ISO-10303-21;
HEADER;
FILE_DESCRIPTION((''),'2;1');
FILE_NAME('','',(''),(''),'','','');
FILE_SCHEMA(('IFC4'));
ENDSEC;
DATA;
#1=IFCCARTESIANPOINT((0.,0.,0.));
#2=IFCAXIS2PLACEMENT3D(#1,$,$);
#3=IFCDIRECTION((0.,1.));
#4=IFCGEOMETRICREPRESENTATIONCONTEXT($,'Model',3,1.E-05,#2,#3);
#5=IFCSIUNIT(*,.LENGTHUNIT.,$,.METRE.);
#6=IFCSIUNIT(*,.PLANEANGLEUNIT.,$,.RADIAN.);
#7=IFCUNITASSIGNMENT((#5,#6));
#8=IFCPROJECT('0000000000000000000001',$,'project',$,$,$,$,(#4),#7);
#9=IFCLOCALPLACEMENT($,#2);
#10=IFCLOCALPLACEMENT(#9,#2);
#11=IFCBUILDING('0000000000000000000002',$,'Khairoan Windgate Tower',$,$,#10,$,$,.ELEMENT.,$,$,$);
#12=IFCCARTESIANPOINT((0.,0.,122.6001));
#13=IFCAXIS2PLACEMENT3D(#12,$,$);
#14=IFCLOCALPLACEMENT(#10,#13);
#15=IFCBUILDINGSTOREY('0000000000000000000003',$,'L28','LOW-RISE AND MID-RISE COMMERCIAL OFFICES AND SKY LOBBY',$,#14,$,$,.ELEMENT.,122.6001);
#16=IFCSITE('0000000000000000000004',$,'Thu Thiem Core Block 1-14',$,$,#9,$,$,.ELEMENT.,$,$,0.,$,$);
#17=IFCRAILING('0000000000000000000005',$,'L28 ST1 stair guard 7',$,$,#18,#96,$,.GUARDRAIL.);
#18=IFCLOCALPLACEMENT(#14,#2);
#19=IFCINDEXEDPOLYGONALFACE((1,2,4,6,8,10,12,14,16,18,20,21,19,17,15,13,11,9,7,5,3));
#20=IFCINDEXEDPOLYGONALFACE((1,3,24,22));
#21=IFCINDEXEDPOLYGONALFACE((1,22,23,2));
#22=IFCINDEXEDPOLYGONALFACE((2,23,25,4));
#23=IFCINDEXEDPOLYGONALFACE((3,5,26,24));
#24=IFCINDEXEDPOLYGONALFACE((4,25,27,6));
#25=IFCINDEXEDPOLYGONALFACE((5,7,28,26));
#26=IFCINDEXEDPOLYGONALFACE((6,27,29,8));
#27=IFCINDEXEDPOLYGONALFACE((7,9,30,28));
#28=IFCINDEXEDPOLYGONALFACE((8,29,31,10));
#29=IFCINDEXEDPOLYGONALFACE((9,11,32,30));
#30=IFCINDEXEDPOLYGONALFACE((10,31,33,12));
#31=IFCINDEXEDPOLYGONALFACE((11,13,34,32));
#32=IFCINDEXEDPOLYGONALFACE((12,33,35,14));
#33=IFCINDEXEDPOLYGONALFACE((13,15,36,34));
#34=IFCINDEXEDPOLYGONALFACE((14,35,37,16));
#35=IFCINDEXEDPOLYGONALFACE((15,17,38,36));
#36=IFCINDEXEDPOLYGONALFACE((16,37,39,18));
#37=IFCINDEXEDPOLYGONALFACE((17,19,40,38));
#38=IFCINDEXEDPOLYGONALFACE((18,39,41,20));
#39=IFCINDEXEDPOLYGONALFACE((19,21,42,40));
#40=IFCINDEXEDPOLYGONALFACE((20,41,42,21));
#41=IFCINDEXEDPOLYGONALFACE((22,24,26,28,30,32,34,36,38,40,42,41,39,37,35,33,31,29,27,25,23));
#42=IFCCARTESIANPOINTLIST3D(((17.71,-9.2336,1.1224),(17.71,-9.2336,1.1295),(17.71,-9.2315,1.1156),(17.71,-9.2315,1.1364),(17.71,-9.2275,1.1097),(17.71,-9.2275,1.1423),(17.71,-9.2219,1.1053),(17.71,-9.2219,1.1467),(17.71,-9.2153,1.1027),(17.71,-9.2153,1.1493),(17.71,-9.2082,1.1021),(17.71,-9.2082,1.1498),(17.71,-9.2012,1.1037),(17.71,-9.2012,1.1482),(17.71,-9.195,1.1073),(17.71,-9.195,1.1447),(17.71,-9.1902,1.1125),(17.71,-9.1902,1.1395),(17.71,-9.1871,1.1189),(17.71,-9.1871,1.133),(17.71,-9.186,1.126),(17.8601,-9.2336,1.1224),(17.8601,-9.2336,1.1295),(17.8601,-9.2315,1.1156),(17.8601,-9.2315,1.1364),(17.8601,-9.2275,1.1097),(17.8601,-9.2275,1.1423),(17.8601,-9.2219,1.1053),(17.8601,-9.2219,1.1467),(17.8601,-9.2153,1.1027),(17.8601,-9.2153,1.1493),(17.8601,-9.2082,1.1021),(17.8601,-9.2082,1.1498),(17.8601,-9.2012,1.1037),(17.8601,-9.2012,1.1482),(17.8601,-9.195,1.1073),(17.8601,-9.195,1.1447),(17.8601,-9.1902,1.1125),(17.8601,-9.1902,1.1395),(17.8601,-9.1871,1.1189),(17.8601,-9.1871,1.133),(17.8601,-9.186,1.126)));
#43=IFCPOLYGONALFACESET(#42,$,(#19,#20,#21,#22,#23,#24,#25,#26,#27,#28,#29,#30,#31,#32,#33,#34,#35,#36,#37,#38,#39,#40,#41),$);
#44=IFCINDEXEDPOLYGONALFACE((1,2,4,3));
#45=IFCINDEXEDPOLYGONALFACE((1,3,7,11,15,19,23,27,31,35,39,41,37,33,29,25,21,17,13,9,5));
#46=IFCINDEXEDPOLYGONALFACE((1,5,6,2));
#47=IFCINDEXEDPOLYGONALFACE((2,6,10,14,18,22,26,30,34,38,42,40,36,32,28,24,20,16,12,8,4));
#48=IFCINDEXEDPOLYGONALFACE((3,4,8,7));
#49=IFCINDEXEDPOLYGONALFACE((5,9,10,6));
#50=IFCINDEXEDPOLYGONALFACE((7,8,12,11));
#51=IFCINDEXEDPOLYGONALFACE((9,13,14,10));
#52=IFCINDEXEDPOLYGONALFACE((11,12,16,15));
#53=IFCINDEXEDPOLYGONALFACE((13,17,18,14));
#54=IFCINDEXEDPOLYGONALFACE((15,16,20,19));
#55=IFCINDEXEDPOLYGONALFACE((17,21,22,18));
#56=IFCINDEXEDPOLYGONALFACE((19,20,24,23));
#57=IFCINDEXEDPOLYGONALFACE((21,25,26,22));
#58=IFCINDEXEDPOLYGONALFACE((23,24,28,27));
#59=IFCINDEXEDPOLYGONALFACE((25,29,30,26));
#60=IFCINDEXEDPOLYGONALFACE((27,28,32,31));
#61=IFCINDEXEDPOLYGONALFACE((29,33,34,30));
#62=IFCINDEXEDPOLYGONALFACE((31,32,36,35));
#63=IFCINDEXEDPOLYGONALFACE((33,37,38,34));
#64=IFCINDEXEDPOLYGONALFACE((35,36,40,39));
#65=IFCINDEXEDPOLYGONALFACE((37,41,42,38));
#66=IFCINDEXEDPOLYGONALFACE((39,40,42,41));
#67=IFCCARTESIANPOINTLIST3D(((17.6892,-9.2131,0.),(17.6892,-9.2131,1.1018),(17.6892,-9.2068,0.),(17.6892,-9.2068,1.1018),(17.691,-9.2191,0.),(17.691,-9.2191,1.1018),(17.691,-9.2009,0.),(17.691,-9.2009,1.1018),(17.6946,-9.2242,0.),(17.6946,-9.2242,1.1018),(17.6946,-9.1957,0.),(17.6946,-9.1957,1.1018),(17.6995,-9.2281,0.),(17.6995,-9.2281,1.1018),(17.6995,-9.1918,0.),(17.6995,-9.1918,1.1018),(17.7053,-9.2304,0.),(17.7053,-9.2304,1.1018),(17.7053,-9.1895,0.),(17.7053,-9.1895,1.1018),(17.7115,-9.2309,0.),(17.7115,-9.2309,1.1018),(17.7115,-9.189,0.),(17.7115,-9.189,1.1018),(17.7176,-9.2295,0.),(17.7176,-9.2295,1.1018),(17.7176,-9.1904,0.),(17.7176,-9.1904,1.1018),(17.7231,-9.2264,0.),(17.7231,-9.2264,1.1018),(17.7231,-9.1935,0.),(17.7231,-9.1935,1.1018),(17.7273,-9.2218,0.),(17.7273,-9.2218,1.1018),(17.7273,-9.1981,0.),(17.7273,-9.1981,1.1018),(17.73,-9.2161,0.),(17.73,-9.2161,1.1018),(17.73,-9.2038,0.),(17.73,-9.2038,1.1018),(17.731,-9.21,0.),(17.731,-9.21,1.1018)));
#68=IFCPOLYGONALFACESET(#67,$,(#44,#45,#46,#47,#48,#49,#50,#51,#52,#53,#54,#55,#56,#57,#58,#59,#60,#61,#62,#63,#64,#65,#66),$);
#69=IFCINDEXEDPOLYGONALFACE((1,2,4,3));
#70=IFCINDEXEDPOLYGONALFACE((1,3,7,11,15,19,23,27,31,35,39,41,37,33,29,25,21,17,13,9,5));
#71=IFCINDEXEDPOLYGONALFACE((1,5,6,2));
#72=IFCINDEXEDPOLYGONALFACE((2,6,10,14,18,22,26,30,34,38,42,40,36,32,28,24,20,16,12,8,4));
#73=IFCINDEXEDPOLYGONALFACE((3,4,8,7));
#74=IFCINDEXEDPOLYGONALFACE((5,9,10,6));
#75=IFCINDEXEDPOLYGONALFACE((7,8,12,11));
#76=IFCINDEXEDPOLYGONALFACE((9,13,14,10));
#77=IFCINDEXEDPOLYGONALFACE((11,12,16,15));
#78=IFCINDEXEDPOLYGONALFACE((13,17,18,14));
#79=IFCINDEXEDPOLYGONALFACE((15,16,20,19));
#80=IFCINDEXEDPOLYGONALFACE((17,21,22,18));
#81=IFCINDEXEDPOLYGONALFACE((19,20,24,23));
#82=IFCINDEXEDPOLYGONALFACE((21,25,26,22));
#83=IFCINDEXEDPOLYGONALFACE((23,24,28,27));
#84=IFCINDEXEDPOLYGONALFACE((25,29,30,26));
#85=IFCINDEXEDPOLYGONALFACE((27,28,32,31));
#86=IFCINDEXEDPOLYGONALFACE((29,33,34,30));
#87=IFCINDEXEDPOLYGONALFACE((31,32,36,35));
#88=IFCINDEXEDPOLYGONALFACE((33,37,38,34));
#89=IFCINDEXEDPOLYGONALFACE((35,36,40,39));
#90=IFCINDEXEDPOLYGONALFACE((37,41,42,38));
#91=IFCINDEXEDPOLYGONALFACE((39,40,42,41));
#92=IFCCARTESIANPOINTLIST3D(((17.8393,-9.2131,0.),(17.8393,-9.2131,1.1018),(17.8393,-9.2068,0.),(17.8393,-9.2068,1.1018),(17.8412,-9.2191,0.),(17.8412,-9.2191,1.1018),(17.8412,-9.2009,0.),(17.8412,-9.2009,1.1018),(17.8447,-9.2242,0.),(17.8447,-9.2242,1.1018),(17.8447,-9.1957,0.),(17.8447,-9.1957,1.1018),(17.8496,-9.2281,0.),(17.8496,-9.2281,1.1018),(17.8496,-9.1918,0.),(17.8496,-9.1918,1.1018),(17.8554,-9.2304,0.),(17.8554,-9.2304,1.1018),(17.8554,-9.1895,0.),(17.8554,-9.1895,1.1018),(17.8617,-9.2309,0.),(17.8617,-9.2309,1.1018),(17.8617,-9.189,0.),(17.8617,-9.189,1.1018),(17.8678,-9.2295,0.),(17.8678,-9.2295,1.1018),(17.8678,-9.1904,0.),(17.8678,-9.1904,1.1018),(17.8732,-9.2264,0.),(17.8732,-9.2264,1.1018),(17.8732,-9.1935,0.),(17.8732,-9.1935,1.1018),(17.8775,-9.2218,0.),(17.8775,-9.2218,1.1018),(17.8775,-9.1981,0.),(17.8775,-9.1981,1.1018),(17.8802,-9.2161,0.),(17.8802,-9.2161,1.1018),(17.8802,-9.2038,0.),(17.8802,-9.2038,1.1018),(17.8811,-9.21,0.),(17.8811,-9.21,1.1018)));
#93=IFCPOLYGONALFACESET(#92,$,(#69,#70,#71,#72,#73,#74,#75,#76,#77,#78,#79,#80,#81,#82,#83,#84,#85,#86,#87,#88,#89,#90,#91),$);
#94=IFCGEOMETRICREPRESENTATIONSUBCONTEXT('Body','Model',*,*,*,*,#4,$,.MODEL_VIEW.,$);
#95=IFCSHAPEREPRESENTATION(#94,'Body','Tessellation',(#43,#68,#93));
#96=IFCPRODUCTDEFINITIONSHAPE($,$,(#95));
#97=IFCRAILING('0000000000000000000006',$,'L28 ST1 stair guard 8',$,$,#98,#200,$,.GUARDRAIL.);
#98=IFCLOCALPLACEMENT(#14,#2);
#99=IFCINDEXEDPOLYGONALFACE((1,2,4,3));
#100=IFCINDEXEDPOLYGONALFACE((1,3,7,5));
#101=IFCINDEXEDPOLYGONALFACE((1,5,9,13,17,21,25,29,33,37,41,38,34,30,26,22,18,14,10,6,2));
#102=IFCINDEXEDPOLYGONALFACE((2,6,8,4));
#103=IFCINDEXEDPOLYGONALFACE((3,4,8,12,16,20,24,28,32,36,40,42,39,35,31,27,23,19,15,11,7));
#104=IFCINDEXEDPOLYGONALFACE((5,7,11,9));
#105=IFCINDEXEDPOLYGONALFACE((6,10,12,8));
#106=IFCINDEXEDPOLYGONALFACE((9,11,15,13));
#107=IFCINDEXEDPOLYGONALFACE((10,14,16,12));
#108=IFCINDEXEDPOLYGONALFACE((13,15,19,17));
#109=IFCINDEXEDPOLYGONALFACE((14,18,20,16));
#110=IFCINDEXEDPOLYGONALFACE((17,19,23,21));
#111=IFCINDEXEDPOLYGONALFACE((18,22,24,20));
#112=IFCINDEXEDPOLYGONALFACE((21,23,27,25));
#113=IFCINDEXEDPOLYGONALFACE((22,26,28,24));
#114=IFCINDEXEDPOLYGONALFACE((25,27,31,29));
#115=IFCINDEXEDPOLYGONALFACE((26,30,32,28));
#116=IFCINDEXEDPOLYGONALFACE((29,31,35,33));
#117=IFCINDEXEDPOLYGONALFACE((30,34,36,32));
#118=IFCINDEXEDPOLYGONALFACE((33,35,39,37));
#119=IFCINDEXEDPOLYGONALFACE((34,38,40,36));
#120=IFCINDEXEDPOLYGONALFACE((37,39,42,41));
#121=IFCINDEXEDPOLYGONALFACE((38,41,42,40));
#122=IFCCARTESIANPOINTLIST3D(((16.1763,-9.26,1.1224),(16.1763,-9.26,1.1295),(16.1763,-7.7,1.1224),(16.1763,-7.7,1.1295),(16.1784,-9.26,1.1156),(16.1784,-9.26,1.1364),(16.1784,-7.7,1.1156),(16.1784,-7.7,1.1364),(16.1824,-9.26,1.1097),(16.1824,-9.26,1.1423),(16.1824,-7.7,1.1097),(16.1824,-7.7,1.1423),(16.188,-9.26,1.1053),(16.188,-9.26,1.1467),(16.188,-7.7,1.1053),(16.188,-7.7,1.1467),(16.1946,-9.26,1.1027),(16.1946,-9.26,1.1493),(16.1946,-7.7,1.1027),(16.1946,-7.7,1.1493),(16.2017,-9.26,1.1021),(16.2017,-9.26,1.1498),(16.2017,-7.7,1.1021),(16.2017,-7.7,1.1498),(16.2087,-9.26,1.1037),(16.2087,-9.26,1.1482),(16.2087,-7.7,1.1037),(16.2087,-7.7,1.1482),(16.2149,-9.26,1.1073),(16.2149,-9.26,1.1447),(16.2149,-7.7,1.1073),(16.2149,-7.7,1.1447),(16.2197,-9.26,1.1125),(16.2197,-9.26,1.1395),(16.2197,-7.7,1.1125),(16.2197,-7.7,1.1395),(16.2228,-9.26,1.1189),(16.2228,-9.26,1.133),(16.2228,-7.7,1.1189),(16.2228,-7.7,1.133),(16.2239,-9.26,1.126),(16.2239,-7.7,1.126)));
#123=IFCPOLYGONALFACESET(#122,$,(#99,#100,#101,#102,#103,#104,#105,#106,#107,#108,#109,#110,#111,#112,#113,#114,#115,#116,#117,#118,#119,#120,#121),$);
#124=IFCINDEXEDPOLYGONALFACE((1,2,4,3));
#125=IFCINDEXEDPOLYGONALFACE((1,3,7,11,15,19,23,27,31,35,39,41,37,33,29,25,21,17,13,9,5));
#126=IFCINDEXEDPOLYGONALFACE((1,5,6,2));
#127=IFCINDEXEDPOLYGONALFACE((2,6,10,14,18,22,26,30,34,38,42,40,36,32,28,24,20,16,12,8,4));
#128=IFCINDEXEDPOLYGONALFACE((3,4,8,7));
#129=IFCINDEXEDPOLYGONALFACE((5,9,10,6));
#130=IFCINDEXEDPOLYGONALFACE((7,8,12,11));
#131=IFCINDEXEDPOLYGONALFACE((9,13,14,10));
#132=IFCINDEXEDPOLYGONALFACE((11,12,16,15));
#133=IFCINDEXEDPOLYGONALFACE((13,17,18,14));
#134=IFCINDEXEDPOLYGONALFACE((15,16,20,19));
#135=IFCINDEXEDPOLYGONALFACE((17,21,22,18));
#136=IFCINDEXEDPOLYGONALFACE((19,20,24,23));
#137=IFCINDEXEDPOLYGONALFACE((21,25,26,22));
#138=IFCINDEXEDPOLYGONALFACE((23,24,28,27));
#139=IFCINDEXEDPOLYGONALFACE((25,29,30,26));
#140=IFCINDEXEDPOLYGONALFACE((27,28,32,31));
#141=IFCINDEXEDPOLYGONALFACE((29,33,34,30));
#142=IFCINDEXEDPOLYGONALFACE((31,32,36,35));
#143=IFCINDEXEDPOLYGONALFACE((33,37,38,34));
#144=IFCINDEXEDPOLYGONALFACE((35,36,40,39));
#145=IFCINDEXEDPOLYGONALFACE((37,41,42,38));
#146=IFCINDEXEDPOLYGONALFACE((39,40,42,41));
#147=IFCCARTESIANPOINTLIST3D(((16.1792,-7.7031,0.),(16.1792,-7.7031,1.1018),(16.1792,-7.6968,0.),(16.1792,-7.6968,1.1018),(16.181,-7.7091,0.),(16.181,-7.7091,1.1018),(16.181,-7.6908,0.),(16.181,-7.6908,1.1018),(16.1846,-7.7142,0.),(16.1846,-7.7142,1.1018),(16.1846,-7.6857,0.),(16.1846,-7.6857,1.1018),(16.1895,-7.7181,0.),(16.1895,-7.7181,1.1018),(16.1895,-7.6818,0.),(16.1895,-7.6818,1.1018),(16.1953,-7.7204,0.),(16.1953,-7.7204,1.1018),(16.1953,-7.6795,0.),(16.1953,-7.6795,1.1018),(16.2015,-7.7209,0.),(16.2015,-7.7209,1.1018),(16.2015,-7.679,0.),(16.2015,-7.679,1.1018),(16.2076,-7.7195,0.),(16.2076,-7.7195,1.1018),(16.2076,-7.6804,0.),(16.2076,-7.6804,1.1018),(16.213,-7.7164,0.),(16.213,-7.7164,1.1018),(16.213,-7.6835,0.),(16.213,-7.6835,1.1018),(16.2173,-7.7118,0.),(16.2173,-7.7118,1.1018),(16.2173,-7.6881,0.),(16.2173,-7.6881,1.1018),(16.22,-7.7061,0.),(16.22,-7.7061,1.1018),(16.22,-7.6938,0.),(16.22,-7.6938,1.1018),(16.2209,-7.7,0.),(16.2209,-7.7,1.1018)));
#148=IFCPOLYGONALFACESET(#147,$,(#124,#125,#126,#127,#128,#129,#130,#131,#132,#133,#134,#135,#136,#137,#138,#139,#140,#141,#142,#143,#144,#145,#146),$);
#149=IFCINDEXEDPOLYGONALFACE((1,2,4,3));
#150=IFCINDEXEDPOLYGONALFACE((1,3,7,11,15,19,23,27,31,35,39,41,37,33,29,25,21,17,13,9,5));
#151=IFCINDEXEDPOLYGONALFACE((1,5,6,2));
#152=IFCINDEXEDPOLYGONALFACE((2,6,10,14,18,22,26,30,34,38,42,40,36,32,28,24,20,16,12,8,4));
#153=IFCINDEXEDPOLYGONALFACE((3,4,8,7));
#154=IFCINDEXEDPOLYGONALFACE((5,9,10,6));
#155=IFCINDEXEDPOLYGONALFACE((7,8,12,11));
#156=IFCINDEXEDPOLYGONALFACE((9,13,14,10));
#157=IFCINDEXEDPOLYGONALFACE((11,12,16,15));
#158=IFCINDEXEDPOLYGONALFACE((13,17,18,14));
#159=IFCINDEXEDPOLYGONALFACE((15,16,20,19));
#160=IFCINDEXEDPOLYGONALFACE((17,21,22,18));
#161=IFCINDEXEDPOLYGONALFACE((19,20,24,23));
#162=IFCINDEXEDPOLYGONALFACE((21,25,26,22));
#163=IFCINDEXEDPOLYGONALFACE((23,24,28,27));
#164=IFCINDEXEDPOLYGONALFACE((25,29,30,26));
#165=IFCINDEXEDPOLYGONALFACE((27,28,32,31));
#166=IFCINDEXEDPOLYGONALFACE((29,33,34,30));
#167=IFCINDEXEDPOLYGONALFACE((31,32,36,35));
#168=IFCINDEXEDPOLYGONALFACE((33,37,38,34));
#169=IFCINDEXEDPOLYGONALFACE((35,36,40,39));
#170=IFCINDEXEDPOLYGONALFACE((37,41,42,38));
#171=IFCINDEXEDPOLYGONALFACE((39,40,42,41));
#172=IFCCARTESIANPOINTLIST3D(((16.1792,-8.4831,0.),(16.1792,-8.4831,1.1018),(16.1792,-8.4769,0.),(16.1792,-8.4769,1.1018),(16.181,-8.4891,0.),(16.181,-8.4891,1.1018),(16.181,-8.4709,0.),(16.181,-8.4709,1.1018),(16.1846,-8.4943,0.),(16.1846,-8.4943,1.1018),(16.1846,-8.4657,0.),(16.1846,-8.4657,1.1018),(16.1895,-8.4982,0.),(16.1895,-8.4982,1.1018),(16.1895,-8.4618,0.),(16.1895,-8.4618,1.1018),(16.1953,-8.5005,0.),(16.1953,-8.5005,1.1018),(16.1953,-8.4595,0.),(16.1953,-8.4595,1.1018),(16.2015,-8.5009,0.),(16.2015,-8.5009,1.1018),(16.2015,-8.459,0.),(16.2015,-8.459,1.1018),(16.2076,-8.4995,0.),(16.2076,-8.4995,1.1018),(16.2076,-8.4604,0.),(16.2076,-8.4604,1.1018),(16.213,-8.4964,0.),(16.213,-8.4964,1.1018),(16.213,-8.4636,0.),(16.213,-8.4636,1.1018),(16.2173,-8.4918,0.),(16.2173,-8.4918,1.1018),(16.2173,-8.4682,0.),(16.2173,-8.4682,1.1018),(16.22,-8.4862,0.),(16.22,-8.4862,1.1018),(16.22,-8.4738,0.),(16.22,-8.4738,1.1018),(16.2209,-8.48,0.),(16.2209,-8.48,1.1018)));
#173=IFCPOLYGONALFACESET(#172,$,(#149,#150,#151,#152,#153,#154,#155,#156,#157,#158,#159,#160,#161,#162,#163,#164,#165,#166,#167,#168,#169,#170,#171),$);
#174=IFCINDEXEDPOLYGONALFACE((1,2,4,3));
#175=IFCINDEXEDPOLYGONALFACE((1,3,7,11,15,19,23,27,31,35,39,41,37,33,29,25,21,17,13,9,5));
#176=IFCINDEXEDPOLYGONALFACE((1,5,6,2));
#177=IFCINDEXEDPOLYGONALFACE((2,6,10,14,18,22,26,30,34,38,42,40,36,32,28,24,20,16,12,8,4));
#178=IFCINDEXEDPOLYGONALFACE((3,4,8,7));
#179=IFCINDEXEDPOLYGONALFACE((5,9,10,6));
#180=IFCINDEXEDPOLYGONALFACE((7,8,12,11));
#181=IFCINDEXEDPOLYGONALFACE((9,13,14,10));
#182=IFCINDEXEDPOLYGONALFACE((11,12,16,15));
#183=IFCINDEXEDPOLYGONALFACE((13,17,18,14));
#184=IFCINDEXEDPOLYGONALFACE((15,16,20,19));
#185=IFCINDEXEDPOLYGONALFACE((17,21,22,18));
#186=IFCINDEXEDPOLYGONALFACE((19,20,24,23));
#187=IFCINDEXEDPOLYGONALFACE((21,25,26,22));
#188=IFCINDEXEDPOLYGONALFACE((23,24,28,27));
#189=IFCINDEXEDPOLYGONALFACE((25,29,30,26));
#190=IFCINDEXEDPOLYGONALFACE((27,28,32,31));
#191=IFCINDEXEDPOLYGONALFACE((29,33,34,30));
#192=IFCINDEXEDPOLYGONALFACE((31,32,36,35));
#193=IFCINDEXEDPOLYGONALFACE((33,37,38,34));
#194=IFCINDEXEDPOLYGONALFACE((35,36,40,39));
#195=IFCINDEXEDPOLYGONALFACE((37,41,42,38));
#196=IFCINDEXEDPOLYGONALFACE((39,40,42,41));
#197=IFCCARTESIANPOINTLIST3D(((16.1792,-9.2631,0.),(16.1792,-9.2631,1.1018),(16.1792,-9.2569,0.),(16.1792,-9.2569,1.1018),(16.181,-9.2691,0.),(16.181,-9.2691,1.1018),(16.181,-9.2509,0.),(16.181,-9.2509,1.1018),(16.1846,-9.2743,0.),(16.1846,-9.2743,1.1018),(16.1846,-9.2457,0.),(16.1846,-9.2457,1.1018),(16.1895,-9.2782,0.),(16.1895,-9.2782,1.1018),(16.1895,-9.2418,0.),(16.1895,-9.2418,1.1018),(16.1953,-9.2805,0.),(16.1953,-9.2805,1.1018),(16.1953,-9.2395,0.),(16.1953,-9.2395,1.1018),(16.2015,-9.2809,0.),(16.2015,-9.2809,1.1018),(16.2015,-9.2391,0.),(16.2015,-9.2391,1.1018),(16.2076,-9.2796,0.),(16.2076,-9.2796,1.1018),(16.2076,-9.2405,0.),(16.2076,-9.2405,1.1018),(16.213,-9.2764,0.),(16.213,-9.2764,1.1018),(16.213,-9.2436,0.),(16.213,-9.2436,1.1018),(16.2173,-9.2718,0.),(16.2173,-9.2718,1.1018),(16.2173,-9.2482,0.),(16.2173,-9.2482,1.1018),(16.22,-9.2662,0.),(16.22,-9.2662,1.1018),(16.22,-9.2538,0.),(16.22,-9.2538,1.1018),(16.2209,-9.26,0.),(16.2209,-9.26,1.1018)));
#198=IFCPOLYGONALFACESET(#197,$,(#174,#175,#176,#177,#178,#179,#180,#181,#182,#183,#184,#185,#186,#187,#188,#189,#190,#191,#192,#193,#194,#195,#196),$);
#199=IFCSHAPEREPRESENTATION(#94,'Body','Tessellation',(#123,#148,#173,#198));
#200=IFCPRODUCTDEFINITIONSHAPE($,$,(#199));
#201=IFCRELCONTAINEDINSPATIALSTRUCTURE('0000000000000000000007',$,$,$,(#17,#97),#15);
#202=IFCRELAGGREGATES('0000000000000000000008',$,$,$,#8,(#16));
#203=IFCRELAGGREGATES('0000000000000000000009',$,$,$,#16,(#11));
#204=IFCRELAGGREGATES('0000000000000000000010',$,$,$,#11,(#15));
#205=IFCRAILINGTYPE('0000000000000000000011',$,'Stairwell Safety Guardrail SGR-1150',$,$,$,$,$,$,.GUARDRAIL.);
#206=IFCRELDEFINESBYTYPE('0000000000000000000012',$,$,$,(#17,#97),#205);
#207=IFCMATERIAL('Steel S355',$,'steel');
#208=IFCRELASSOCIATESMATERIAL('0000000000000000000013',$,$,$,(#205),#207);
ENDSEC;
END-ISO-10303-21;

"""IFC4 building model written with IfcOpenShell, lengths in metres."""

from ifc_helpers import new_model, si_unit, direction, frame, origin, origin_2d, place, context, subcontext, project, spatial, circle, extrude, material, type_object, element, save


model = new_model("IFC4")

# Units and contexts
model_context = context("Model", 3, precision=1e-05, world=origin(), true_north=direction((0.0, 1.0)))
body_context = subcontext(model_context, "Body", "Model", "MODEL_VIEW")
ifc_project = project(units=[si_unit("LENGTHUNIT", "METRE"), si_unit("PLANEANGLEUNIT", "RADIAN")], contexts=[model_context])

# Site, building, storey
site_placement = place(None, origin())
site = spatial("IfcSite", under=ifc_project, at=site_placement, Name="Thu Thiem Core Block 1-14", CompositionType="ELEMENT", RefElevation=0.0)
building_placement = place(site_placement, origin())
building = spatial("IfcBuilding", under=site, at=building_placement, Name="Khairoan Windgate Tower", CompositionType="ELEMENT")
storey_placement = place(building_placement, frame((0.0, 0.0, 122.6001)))
storey = spatial("IfcBuildingStorey", under=building, at=storey_placement, Name="L28", Description="LOW-RISE AND MID-RISE COMMERCIAL OFFICES AND SKY LOBBY", CompositionType="ELEMENT", Elevation=122.6001)

# Railings
ifc_material_1 = material(Name="Steel S355", Category="steel")
railing_type_1 = type_object("IfcRailingType", Name="Stairwell Safety Guardrail SGR-1150", PredefinedType="GUARDRAIL", material=ifc_material_1)
railing_1_placement = place(storey_placement, frame((17.71, -9.21, 0.0)))
element("IfcRailing", 1, at=railing_1_placement, inside=storey, type_object=railing_type_1, Name="L28 ST1 stair guard 7", PredefinedType="GUARDRAIL", context=body_context, shape_type="SweptSolid", body=[
    extrude(circle(Radius=0.0239, at=origin_2d()), frame((0.0, 0.0, 1.126), z_axis=(1.0, 0.0, 0.0), x_axis=(0.0, 1.0, 0.0)), (0.0, 0.0, 1.0), 0.1501),
    extrude(circle(Radius=0.021, at=origin_2d()), origin(), (0.0, 0.0, 1.0), 1.1018),
    extrude(circle(Radius=0.021, at=origin_2d()), frame((0.1501, 0.0, 0.0)), (0.0, 0.0, 1.0), 1.1018),
])
for number, where, name in (
    (2, (16.2, -7.7, 0.0), "L28 ST1 stair guard 8"),
):
    element("IfcRailing", number, at=place(storey_placement, frame(where)), inside=storey, type_object=railing_type_1, Name=name, PredefinedType="GUARDRAIL", context=body_context, shape_type="SweptSolid", body=[
        extrude(circle(Radius=0.0239, at=origin_2d()), frame((0.0, 0.0, 1.126), z_axis=(0.0, -1.0, 0.0), x_axis=(1.0, 0.0, 0.0)), (0.0, 0.0, 1.0), 1.5601),
        extrude(circle(Radius=0.021, at=origin_2d()), origin(), (0.0, 0.0, 1.0), 1.1018),
        extrude(circle(Radius=0.021, at=origin_2d()), frame((0.0, -0.78, 0.0)), (0.0, 0.0, 1.0), 1.1018),
        extrude(circle(Radius=0.021, at=origin_2d()), frame((0.0, -1.5601, 0.0)), (0.0, 0.0, 1.0), 1.1018),
    ])

save(model, "model.ifc")
